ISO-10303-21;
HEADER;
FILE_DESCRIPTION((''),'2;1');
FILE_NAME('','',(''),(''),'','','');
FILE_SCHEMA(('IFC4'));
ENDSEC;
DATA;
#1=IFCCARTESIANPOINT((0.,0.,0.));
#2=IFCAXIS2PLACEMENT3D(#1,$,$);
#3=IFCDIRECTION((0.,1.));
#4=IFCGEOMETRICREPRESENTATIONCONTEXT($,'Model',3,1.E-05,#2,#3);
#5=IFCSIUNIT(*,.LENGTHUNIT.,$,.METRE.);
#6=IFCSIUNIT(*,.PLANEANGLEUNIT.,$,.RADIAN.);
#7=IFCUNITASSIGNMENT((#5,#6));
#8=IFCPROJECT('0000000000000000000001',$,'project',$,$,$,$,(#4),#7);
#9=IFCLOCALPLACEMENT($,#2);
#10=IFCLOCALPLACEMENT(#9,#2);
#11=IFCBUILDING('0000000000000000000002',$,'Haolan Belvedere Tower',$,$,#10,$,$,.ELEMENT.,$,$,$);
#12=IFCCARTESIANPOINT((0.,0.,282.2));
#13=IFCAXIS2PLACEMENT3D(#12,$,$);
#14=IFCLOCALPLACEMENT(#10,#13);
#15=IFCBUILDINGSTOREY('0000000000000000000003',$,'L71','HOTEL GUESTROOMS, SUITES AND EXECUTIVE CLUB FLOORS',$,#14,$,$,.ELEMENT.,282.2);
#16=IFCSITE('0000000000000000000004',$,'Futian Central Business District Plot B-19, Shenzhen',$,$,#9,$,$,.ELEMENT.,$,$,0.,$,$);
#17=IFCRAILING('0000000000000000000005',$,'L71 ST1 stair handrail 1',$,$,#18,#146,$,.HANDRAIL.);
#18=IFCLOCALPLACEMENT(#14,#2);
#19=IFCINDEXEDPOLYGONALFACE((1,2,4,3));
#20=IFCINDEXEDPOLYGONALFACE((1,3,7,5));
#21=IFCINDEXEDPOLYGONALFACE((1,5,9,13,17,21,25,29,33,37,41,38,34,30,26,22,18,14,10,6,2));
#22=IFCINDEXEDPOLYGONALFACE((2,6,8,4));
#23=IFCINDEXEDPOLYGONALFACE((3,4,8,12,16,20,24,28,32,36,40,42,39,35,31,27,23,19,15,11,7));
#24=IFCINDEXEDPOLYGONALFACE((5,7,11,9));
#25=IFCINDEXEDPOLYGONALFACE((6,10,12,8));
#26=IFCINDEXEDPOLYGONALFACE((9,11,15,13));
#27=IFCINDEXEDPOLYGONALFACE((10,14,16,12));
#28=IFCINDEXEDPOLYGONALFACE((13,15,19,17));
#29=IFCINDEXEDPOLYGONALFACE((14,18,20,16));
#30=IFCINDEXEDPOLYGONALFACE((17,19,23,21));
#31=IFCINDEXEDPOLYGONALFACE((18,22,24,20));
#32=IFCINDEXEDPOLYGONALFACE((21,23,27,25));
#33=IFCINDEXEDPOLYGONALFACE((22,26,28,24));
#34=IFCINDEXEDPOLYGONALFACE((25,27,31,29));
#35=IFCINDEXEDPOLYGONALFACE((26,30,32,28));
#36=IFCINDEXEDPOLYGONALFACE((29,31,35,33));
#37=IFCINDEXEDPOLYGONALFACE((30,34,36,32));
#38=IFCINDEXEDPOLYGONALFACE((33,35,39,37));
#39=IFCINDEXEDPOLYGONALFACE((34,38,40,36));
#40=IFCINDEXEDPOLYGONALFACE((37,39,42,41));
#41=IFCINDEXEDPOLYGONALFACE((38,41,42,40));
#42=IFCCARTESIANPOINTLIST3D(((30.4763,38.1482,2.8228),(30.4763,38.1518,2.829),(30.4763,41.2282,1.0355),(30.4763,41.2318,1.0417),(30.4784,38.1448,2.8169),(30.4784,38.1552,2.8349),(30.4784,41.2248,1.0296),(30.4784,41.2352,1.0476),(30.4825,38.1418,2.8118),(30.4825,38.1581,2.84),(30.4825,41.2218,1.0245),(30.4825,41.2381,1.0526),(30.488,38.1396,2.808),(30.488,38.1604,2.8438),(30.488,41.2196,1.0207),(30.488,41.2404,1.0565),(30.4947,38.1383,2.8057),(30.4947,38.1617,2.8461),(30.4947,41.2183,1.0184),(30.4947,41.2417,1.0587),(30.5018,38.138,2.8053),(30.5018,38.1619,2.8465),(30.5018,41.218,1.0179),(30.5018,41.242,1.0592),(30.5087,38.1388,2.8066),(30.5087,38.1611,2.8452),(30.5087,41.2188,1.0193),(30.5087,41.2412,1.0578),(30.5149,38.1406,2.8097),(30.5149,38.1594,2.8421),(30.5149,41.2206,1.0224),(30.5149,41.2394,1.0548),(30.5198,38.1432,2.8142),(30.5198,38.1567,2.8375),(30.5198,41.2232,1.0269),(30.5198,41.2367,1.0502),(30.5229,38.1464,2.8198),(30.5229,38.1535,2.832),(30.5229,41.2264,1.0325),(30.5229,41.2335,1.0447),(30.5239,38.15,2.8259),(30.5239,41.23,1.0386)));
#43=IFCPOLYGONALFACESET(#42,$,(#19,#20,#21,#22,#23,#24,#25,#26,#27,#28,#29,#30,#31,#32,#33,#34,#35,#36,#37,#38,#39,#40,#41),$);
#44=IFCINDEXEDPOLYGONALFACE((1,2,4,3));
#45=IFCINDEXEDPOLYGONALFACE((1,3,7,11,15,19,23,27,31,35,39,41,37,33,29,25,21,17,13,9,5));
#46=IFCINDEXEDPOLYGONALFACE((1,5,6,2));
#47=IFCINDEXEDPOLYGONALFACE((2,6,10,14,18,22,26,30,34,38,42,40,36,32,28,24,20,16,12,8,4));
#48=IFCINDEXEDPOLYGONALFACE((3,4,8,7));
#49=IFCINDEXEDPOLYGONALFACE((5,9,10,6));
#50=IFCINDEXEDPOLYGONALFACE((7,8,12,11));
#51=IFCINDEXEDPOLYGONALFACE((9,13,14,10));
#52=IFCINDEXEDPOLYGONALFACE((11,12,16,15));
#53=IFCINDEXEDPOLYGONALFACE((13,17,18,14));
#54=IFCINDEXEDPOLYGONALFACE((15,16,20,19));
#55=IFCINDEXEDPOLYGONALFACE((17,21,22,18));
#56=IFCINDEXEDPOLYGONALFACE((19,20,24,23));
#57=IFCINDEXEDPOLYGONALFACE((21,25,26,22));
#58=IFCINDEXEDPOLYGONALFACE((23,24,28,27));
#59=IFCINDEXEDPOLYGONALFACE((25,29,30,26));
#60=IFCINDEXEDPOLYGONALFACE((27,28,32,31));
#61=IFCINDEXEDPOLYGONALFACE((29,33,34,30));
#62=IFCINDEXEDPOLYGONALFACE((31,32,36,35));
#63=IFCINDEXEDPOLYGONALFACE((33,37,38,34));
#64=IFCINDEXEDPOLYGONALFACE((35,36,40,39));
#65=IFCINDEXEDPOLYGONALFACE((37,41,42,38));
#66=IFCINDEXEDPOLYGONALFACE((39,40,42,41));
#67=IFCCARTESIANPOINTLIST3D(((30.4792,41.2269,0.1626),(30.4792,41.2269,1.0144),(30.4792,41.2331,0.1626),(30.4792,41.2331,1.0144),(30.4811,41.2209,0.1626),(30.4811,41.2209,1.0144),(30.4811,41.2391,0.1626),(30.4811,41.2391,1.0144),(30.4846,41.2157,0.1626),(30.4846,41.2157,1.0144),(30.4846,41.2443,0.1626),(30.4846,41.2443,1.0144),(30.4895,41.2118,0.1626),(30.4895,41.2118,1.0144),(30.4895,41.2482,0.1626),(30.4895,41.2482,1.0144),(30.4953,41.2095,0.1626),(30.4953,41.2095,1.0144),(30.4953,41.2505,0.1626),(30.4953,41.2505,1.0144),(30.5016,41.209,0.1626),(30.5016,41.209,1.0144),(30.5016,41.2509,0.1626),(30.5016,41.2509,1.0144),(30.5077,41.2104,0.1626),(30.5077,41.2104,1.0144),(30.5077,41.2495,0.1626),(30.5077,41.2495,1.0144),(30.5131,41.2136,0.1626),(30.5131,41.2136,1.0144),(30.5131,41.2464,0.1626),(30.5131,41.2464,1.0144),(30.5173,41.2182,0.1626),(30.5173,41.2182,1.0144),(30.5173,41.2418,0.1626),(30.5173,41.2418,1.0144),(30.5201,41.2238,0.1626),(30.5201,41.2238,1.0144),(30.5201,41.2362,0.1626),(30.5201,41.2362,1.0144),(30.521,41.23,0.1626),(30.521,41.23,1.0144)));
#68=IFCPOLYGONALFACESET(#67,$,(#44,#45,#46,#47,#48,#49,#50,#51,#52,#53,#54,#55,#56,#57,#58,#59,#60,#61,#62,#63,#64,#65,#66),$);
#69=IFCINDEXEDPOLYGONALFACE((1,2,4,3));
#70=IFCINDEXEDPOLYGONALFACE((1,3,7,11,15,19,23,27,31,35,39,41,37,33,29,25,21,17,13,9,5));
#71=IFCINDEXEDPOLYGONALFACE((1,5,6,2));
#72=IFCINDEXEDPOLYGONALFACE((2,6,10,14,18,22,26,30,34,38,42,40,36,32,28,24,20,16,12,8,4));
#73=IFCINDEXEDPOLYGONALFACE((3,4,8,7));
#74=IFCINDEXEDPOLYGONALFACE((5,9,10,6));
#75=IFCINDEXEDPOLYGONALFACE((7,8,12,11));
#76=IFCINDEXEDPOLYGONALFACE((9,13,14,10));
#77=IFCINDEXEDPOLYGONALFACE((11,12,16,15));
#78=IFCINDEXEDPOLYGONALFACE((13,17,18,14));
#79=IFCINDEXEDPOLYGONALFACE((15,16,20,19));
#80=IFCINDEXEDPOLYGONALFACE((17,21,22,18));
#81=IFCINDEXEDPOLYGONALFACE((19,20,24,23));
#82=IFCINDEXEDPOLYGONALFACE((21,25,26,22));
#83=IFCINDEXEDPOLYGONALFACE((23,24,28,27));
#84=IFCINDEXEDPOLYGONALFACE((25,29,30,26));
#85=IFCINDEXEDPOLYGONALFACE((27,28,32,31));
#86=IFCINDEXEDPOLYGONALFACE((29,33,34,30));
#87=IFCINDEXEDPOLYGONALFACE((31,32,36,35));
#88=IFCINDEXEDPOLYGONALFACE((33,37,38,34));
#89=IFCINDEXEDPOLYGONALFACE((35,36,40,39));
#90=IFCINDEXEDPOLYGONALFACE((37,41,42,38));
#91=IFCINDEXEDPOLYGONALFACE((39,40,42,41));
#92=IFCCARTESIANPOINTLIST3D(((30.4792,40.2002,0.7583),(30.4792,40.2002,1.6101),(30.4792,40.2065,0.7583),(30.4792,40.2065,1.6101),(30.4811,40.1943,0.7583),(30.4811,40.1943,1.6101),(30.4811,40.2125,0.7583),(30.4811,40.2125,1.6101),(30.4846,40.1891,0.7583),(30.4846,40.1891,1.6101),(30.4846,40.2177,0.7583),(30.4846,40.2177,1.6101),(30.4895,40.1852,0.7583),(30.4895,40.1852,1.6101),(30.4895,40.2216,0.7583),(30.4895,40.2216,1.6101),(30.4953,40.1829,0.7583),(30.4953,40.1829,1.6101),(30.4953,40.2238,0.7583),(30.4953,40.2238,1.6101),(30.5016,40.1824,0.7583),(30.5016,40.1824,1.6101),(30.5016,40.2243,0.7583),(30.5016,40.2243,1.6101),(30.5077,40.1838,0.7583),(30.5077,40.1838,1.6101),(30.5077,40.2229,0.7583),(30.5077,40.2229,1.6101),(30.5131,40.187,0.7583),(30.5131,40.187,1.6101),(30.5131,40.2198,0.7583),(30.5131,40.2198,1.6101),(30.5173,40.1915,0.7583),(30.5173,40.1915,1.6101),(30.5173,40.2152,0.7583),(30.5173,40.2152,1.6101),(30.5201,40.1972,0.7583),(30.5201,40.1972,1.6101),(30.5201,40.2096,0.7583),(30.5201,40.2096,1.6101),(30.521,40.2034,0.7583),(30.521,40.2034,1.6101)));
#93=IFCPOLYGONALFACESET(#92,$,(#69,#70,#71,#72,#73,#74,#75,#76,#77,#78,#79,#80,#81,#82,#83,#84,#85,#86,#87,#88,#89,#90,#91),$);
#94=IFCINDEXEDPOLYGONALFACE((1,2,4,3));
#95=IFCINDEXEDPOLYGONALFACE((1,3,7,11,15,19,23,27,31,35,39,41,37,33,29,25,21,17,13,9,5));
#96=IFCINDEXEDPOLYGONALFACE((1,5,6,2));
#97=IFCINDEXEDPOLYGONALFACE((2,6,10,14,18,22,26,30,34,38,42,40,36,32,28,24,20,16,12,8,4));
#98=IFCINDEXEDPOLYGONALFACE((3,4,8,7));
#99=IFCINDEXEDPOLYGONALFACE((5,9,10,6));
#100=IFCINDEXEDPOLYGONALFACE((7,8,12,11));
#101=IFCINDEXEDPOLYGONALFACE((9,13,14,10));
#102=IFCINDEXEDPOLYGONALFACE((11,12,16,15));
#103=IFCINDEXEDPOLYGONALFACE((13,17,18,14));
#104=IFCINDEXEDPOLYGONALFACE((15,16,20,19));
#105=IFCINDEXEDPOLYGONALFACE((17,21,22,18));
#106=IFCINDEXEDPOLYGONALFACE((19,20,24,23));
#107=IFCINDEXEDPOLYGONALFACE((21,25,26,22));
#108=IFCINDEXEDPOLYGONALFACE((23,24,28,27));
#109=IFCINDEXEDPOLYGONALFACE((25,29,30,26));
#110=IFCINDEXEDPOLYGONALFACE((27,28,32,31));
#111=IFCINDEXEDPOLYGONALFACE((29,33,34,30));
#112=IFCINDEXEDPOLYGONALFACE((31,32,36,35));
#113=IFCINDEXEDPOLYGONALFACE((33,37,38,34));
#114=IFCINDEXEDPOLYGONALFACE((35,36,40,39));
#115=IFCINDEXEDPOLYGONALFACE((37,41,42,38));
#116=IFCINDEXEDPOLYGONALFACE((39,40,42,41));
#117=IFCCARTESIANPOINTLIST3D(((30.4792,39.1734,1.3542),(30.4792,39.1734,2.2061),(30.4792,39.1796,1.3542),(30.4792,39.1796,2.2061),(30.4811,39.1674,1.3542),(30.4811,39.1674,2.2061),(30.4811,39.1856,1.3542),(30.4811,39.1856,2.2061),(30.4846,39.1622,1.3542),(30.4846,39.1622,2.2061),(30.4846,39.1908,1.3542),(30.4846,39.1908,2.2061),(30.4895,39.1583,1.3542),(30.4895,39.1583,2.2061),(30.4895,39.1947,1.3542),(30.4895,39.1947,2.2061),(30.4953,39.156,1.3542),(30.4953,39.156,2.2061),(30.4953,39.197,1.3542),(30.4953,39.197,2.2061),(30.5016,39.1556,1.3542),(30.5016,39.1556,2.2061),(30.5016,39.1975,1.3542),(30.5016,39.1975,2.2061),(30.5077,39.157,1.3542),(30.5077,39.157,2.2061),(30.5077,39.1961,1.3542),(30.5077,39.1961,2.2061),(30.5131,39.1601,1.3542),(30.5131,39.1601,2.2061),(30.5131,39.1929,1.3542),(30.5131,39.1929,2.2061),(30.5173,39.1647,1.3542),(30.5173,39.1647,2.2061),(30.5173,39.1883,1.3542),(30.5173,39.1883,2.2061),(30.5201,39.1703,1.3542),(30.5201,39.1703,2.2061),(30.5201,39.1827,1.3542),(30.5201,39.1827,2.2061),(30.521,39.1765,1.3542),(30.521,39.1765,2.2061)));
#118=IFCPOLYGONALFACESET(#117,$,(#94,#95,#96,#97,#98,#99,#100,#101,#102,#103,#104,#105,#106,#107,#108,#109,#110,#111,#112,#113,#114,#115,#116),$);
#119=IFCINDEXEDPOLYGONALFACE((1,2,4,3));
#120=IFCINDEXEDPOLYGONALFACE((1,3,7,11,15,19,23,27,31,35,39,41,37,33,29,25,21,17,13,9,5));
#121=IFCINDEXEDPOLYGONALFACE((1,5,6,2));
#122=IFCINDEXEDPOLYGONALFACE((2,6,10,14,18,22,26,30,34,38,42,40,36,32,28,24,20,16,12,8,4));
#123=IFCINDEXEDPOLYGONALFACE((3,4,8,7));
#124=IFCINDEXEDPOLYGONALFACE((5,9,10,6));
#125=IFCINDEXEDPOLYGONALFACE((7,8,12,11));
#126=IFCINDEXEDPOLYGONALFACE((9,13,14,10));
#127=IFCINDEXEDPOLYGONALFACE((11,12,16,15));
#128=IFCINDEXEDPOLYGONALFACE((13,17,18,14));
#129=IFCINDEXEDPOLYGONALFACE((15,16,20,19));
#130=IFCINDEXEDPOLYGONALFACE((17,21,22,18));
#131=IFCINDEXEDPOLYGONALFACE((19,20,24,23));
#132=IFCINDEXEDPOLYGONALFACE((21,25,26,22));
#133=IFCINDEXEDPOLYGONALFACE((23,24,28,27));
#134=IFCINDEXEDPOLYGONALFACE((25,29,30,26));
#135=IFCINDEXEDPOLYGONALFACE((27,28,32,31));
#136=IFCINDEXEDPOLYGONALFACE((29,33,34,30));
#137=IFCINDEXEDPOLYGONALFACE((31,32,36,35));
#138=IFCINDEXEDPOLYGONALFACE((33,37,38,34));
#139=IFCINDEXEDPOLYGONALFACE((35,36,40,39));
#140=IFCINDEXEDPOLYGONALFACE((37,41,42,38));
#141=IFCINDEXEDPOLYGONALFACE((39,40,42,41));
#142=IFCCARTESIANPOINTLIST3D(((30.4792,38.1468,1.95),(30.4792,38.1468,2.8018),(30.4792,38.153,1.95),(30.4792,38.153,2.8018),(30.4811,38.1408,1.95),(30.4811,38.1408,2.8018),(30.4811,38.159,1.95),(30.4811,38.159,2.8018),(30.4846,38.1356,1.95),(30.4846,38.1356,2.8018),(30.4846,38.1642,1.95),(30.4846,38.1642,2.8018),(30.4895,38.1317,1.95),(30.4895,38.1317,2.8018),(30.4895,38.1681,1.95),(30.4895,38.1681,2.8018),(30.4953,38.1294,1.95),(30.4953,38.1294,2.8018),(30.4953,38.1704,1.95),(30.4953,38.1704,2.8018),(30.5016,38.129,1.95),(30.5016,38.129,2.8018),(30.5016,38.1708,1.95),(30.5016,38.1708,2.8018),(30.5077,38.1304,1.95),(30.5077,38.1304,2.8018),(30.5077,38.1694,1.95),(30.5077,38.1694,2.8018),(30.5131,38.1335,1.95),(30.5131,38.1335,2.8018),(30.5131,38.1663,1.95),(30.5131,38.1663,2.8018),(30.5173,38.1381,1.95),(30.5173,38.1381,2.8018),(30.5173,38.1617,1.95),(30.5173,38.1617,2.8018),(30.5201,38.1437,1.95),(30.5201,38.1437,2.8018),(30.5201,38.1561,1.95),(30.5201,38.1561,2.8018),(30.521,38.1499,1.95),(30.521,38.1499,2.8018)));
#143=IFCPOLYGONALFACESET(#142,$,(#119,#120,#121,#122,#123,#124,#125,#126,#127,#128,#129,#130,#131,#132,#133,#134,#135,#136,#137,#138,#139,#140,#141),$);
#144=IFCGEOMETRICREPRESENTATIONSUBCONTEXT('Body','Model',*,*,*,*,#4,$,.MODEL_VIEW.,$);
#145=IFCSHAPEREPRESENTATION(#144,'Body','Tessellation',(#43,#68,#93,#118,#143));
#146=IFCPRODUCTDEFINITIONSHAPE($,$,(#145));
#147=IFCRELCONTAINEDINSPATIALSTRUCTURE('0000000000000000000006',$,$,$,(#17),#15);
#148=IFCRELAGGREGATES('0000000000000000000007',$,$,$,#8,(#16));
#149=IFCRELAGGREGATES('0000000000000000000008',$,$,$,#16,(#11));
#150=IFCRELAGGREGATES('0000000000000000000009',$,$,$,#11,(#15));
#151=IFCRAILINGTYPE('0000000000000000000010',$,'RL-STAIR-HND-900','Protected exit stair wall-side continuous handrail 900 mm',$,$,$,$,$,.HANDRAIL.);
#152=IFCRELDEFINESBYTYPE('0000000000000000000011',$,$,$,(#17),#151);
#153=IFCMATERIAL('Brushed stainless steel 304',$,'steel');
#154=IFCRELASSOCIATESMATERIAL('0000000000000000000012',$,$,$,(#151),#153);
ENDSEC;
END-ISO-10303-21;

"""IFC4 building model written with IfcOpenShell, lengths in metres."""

from ifc_helpers import new_model, si_unit, direction, frame, origin, origin_2d, place, context, subcontext, project, spatial, circle, extrude, material, type_object, element, save


model = new_model("IFC4")

# Units and contexts
model_context = context("Model", 3, precision=1e-05, world=origin(), true_north=direction((0.0, 1.0)))
body_context = subcontext(model_context, "Body", "Model", "MODEL_VIEW")
ifc_project = project(units=[si_unit("LENGTHUNIT", "METRE"), si_unit("PLANEANGLEUNIT", "RADIAN")], contexts=[model_context])

# Site, building, storey
site_placement = place(None, origin())
site = spatial("IfcSite", under=ifc_project, at=site_placement, Name="Futian Central Business District Plot B-19, Shenzhen", CompositionType="ELEMENT", RefElevation=0.0)
building_placement = place(site_placement, origin())
building = spatial("IfcBuilding", under=site, at=building_placement, Name="Haolan Belvedere Tower", CompositionType="ELEMENT")
storey_placement = place(building_placement, frame((0.0, 0.0, 282.2)))
storey = spatial("IfcBuildingStorey", under=building, at=storey_placement, Name="L71", Description="HOTEL GUESTROOMS, SUITES AND EXECUTIVE CLUB FLOORS", CompositionType="ELEMENT", Elevation=282.2)

# Railing
ifc_material_1 = material(Name="Brushed stainless steel 304", Category="steel")
railing_type_1 = type_object("IfcRailingType", Name="RL-STAIR-HND-900", Description="Protected exit stair wall-side continuous handrail 900 mm", PredefinedType="HANDRAIL", material=ifc_material_1)
railing_1_placement = place(storey_placement, frame((30.5, 41.23, 0.1626)))
element("IfcRailing", 1, at=railing_1_placement, inside=storey, type_object=railing_type_1, Name="L71 ST1 stair handrail 1", PredefinedType="HANDRAIL", context=body_context, shape_type="SweptSolid", body=[
    extrude(circle(Radius=0.0239, at=origin_2d()), frame((0.0, 0.0, 0.876), z_axis=(0.0, -0.86492, 0.501909), x_axis=(1.0, 0.0, 0.0)), (0.0, 0.0, 1.0), 3.561),
    extrude(circle(Radius=0.021, at=origin_2d()), origin(), (0.0, 0.0, 1.0), 0.8518),
    extrude(circle(Radius=0.021, at=origin_2d()), frame((0.0, -1.0266, 0.5957)), (0.0, 0.0, 1.0), 0.8518),
    extrude(circle(Radius=0.021, at=origin_2d()), frame((0.0, -2.0535, 1.1917)), (0.0, 0.0, 1.0), 0.8518),
    extrude(circle(Radius=0.021, at=origin_2d()), frame((0.0, -3.0801, 1.7874)), (0.0, 0.0, 1.0), 0.8518),
])

save(model, "model.ifc")
